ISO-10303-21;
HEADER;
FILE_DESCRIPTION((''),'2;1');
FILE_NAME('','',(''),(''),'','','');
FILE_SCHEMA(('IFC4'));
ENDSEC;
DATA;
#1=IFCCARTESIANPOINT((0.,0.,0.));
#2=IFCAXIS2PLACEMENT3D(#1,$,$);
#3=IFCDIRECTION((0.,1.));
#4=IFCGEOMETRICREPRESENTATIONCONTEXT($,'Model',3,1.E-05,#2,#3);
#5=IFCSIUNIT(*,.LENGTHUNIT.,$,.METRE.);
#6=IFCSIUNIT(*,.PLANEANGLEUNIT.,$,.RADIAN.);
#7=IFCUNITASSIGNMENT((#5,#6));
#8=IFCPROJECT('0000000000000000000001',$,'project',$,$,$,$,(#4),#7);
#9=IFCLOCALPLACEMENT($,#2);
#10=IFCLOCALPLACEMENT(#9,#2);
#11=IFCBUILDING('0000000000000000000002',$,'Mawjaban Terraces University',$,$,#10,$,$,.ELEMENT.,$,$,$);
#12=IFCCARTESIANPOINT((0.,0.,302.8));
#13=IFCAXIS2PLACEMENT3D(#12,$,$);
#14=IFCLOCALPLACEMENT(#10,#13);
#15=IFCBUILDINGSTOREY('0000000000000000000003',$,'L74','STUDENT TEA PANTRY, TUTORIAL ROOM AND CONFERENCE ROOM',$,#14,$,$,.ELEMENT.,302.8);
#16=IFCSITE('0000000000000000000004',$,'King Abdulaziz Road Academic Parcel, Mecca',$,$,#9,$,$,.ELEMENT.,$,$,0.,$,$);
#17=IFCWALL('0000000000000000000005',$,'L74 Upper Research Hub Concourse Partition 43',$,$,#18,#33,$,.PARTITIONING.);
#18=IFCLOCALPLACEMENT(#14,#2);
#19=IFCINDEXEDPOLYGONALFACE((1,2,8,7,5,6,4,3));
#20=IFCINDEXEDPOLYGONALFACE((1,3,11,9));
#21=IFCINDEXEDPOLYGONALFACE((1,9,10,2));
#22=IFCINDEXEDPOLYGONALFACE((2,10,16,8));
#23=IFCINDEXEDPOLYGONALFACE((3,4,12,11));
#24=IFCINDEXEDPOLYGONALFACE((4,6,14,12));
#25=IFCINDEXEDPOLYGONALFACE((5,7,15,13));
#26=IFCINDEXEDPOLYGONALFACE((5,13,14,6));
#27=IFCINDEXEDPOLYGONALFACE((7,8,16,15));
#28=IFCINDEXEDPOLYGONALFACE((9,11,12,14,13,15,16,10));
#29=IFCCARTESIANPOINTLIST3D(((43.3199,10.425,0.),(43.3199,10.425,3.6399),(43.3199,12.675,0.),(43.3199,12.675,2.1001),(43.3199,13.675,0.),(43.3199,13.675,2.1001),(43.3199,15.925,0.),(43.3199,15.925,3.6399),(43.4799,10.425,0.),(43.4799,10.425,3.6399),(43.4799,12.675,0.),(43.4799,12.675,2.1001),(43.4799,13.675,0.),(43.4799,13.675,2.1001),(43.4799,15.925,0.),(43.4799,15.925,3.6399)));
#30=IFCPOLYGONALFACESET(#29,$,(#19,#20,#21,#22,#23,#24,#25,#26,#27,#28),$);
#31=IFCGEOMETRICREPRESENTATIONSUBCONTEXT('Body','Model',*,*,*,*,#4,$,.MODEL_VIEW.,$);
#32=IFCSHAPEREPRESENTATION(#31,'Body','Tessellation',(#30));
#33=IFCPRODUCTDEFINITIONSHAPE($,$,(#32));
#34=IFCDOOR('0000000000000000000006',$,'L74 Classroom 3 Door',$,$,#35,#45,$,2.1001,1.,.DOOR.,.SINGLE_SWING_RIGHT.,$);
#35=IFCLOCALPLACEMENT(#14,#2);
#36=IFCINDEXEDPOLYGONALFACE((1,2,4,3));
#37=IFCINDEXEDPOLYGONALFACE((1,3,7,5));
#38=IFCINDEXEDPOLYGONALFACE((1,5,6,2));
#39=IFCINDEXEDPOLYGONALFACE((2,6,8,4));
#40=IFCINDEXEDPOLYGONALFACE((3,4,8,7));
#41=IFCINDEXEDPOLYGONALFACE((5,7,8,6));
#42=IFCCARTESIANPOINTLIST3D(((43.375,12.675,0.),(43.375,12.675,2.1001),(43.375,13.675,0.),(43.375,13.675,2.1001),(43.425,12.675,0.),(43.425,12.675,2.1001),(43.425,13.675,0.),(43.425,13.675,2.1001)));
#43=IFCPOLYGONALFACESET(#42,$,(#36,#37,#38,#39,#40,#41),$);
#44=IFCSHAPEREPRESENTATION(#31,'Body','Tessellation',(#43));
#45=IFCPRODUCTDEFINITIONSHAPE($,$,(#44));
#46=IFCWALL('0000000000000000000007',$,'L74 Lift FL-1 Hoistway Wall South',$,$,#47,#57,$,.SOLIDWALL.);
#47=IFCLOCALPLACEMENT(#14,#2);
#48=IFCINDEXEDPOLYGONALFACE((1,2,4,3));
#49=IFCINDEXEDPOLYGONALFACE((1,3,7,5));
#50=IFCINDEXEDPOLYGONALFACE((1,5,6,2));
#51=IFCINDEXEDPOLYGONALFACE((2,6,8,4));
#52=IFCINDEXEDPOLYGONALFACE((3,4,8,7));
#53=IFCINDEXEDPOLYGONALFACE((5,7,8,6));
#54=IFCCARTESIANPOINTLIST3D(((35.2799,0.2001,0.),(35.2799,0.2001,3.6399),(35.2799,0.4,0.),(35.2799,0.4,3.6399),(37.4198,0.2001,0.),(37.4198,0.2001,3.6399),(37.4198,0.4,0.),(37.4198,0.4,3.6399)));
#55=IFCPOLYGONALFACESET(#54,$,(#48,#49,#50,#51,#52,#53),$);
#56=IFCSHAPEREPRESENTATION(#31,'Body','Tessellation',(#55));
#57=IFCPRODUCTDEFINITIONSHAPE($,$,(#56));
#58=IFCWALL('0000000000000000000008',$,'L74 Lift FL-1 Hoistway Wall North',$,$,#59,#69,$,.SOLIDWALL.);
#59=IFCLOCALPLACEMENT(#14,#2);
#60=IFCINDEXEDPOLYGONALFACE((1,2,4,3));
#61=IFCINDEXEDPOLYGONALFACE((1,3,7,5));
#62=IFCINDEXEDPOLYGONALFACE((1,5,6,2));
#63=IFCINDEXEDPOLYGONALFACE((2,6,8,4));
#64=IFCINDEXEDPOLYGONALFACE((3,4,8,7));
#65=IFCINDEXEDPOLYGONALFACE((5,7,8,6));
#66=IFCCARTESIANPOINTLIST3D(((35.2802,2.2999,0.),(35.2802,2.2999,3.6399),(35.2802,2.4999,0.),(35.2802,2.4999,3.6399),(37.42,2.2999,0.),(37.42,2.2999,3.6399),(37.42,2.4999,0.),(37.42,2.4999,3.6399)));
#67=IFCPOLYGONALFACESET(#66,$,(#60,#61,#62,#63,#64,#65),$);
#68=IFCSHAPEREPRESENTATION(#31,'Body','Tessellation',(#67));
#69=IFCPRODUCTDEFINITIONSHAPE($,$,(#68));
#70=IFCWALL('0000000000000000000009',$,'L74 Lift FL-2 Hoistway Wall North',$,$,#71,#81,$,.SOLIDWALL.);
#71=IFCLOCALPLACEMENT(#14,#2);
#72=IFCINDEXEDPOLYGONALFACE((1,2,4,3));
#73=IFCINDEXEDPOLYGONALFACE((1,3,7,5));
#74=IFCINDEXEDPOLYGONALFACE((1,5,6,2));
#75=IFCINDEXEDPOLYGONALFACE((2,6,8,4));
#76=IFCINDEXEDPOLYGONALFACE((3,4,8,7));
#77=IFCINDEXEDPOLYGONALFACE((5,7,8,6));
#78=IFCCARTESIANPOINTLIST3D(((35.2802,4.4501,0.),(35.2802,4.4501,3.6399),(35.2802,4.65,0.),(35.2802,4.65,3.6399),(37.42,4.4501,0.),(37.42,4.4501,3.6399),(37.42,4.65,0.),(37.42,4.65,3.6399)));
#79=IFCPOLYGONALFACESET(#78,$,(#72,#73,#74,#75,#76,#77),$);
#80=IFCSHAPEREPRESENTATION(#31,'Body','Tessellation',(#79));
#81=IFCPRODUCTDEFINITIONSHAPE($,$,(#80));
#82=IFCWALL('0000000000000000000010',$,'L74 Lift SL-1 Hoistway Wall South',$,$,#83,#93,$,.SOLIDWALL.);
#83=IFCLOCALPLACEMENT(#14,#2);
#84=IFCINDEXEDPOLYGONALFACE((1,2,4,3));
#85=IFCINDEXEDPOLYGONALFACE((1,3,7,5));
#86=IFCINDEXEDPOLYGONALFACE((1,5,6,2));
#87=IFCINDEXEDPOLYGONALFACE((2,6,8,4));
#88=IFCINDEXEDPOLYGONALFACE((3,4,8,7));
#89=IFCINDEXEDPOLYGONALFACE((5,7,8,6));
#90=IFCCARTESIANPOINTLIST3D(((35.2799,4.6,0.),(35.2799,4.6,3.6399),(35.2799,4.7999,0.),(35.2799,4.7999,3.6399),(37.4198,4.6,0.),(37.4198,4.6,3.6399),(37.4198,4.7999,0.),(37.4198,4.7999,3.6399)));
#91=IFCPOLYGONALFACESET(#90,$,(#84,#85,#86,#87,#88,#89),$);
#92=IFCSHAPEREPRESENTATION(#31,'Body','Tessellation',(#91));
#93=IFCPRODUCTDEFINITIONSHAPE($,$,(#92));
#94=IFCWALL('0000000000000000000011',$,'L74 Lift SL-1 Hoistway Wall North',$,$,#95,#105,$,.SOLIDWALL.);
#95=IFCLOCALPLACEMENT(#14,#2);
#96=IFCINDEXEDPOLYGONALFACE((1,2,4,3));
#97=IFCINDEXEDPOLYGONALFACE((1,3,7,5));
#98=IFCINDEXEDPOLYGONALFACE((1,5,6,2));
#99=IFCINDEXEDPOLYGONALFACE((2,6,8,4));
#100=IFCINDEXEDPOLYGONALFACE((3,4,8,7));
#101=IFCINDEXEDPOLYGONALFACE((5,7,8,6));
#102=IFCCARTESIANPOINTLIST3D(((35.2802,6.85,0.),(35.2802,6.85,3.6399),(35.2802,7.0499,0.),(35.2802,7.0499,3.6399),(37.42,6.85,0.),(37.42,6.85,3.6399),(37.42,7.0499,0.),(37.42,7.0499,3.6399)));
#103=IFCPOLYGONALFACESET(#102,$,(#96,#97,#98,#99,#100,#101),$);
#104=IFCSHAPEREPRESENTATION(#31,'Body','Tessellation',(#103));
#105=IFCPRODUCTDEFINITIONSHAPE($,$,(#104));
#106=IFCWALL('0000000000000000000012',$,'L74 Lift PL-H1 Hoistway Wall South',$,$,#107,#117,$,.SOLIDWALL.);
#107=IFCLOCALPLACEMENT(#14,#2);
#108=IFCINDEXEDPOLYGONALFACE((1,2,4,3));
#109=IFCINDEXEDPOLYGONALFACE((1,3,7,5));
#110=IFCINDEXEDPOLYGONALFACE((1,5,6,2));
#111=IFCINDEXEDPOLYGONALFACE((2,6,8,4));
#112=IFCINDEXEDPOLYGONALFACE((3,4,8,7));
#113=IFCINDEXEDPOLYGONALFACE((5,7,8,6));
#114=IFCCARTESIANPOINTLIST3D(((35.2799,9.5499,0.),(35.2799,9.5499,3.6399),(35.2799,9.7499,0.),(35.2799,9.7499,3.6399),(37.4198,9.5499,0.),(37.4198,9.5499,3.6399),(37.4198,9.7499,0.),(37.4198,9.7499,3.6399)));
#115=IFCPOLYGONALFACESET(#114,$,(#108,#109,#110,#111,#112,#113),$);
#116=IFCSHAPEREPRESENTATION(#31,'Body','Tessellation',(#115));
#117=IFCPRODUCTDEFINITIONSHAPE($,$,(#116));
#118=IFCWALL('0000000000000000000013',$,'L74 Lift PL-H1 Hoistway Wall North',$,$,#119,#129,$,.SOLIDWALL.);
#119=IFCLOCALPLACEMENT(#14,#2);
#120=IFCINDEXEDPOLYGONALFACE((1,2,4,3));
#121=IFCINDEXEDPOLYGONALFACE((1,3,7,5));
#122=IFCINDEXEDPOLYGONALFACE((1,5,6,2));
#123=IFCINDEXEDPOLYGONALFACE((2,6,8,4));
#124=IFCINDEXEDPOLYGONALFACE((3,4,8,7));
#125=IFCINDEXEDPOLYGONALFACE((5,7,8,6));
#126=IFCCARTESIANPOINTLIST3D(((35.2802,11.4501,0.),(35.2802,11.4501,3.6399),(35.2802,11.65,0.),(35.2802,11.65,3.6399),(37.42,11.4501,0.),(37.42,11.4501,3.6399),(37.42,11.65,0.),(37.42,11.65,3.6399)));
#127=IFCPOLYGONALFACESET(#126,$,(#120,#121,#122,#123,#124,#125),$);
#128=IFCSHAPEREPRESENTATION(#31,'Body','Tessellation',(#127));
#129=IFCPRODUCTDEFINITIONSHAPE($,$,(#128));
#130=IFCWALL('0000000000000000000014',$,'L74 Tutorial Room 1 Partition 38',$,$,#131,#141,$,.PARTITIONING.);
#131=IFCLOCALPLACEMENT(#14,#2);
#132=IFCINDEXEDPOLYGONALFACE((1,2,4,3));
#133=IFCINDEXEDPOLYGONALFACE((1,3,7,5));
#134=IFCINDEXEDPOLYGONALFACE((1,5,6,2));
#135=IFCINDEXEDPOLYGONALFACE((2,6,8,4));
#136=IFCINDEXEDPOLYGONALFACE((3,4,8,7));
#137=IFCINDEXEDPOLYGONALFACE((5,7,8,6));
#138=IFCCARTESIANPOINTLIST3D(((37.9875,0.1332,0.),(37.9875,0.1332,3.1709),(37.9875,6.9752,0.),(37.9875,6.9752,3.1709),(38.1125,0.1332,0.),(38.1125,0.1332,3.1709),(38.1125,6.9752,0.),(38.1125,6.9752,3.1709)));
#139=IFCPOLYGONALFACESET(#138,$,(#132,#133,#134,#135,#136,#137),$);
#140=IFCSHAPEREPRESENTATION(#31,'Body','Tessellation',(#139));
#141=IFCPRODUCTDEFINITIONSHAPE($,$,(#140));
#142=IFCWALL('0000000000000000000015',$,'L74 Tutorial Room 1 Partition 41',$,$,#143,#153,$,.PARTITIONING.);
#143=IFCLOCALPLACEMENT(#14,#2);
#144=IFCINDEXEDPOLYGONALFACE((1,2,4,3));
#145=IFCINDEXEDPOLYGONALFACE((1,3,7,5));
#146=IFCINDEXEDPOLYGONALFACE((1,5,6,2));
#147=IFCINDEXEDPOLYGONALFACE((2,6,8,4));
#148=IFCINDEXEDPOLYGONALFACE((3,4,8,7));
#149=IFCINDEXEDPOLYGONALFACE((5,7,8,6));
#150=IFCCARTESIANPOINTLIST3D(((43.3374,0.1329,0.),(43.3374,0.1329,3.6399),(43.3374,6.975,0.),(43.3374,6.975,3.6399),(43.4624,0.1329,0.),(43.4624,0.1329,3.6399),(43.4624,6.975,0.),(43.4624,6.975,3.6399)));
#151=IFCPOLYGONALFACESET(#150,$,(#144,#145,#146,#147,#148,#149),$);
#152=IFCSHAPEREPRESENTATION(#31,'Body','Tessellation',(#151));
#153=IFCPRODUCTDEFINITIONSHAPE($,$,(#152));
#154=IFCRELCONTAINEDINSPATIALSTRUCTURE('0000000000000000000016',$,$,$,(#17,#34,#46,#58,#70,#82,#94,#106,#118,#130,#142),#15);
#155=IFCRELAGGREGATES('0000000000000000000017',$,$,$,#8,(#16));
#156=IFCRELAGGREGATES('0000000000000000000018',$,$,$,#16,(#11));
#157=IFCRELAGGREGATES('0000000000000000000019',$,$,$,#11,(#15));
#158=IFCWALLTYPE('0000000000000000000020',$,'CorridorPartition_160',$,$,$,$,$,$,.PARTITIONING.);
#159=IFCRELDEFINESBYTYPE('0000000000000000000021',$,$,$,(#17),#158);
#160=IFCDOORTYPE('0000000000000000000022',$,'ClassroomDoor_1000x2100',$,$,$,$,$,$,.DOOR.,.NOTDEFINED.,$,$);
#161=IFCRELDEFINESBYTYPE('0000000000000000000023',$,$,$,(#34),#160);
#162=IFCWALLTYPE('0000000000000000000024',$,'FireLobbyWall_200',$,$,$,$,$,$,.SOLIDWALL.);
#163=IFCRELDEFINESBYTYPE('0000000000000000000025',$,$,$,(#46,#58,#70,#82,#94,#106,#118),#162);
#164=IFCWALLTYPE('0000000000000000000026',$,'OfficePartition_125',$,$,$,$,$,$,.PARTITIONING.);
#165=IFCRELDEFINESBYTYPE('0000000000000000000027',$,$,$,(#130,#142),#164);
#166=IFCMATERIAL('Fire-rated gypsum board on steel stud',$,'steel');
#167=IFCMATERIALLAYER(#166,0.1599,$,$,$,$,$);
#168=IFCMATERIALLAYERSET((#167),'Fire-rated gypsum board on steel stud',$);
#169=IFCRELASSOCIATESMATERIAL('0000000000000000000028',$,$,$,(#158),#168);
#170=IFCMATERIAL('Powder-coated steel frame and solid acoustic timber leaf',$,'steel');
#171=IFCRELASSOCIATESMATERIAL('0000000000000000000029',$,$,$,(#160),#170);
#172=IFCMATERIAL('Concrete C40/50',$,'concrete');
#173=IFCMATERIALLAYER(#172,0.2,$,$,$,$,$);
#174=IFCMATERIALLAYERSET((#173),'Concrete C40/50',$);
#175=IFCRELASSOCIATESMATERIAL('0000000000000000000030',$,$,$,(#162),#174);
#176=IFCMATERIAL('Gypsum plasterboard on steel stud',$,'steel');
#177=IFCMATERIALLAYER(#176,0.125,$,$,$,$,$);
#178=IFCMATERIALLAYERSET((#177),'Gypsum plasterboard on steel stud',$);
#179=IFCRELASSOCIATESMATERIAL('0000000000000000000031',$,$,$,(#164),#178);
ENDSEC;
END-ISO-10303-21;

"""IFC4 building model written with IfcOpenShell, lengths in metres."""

from ifc_helpers import new_model, si_unit, direction, frame, frame_2d, origin, place, context, subcontext, project, spatial, rectangle, extrude, material, layer, layer_set, type_object, element, fill, save


model = new_model("IFC4")

# Units and contexts
model_context = context("Model", 3, precision=1e-05, world=origin(), true_north=direction((0.0, 1.0)))
body_context = subcontext(model_context, "Body", "Model", "MODEL_VIEW")
ifc_project = project(units=[si_unit("LENGTHUNIT", "METRE"), si_unit("PLANEANGLEUNIT", "RADIAN")], contexts=[model_context])

# Site, building, storey
site_placement = place(None, origin())
site = spatial("IfcSite", under=ifc_project, at=site_placement, Name="King Abdulaziz Road Academic Parcel, Mecca", CompositionType="ELEMENT", RefElevation=0.0)
building_placement = place(site_placement, origin())
building = spatial("IfcBuilding", under=site, at=building_placement, Name="Mawjaban Terraces University", CompositionType="ELEMENT")
storey_placement = place(building_placement, frame((0.0, 0.0, 302.8)))
storey = spatial("IfcBuildingStorey", under=building, at=storey_placement, Name="L74", Description="STUDENT TEA PANTRY, TUTORIAL ROOM AND CONFERENCE ROOM", CompositionType="ELEMENT", Elevation=302.8)

# Shared definitions
ifc_material_1 = material(Name="Fire-rated gypsum board on steel stud", Category="steel")
ifc_layer_1 = layer(ifc_material_1, 0.1599)
ifc_layer_set_1 = layer_set([ifc_layer_1], Name="Fire-rated gypsum board on steel stud")
wall_type_1 = type_object("IfcWallType", Name="CorridorPartition_160", PredefinedType="PARTITIONING", material=ifc_layer_set_1)
ifc_material_2 = material(Name="Powder-coated steel frame and solid acoustic timber leaf", Category="steel")
door_type_1 = type_object("IfcDoorType", Name="ClassroomDoor_1000x2100", OperationType="NOTDEFINED", PredefinedType="DOOR", material=ifc_material_2)

# Wall, opening, door
wall_1_placement = place(storey_placement, frame((43.3999, 10.425, 0.0), z_axis=(0.0, 0.0, 1.0), x_axis=(0.0, 1.0, 0.0)))
wall_1 = element("IfcWall", 1, at=wall_1_placement, inside=storey, type_object=wall_type_1, Name="L74 Upper Research Hub Concourse Partition 43", PredefinedType="PARTITIONING", context=body_context, shape_type="SweptSolid", body=[
    extrude(rectangle(XDim=5.5, YDim=0.1599, at=frame_2d((2.75, 0.0))), origin(), (0.0, 0.0, 1.0), 3.6399),
])
opening_1_placement = place(wall_1_placement, frame((2.25, 0.0, 0.0)))
opening_1 = element("IfcOpeningElement", 2, at=opening_1_placement, cuts=wall_1, PredefinedType="OPENING", context=body_context, shape_type="SweptSolid", body=[
    extrude(rectangle(XDim=1.0, YDim=2.1001, at=frame_2d((0.5, 1.05))), frame((0.0, 0.0898, 0.0), z_axis=(0.0, -1.0, 0.0), x_axis=(1.0, 0.0, 0.0)), (0.0, 0.0, 1.0), 0.1799),
])
door_1_placement = place(opening_1_placement, origin())
door_1 = element("IfcDoor", 3, at=door_1_placement, inside=storey, type_object=door_type_1, Name="L74 Classroom 3 Door", OperationType="SINGLE_SWING_RIGHT", OverallHeight=2.1001, OverallWidth=1.0, PredefinedType="DOOR", context=body_context, shape_type="SweptSolid", body=[
    extrude(rectangle(XDim=1.0, YDim=2.1001, at=frame_2d((0.5, 1.05))), frame((0.0, 0.0249, 0.0), z_axis=(0.0, -1.0, 0.0), x_axis=(1.0, 0.0, 0.0)), (0.0, 0.0, 1.0), 0.05),
])
fill(opening_1, door_1)

# Walls
ifc_material_3 = material(Name="Concrete C40/50", Category="concrete")
ifc_layer_2 = layer(ifc_material_3, 0.2)
ifc_layer_set_2 = layer_set([ifc_layer_2], Name="Concrete C40/50")
wall_type_2 = type_object("IfcWallType", Name="FireLobbyWall_200", PredefinedType="SOLIDWALL", material=ifc_layer_set_2)
for number, where, z_axis, x_axis, name in (
    (4, (35.28, 0.3, 0.0), (0.0, 0.0, 1.0), (1.0, 0.0, 0.0), "L74 Lift FL-1 Hoistway Wall South"),
    (5, (37.4199, 2.3999, 0.0), (0.0, 0.0, 1.0), (-1.0, 0.0, 0.0), "L74 Lift FL-1 Hoistway Wall North"),
    (6, (37.4199, 4.55, 0.0), (0.0, 0.0, 1.0), (-1.0, 0.0, 0.0), "L74 Lift FL-2 Hoistway Wall North"),
    (7, (35.28, 4.7, 0.0), (0.0, 0.0, 1.0), (1.0, 0.0, 0.0), "L74 Lift SL-1 Hoistway Wall South"),
    (8, (37.4199, 6.95, 0.0), (0.0, 0.0, 1.0), (-1.0, 0.0, 0.0), "L74 Lift SL-1 Hoistway Wall North"),
    (9, (35.28, 9.6499, 0.0), (0.0, 0.0, 1.0), (1.0, 0.0, 0.0), "L74 Lift PL-H1 Hoistway Wall South"),
    (10, (37.4199, 11.55, 0.0), (0.0, 0.0, 1.0), (-1.0, 0.0, 0.0), "L74 Lift PL-H1 Hoistway Wall North"),
):
    element("IfcWall", number, at=place(storey_placement, frame(where, z_axis=z_axis, x_axis=x_axis)), inside=storey, type_object=wall_type_2, Name=name, PredefinedType="SOLIDWALL", context=body_context, shape_type="SweptSolid", body=[
        extrude(rectangle(XDim=2.1399, YDim=0.2, at=frame_2d((1.0698, 0.0))), origin(), (0.0, 0.0, 1.0), 3.6399),
    ])
ifc_material_4 = material(Name="Gypsum plasterboard on steel stud", Category="steel")
ifc_layer_3 = layer(ifc_material_4, 0.125)
ifc_layer_set_3 = layer_set([ifc_layer_3], Name="Gypsum plasterboard on steel stud")
wall_type_3 = type_object("IfcWallType", Name="OfficePartition_125", PredefinedType="PARTITIONING", material=ifc_layer_set_3)
wall_2_placement = place(storey_placement, frame((38.05, 6.9751, 0.0), z_axis=(0.0, 0.0, 1.0), x_axis=(0.0, -1.0, 0.0)))
element("IfcWall", 11, at=wall_2_placement, inside=storey, type_object=wall_type_3, Name="L74 Tutorial Room 1 Partition 38", PredefinedType="PARTITIONING", context=body_context, shape_type="SweptSolid", body=[
    extrude(rectangle(XDim=6.842, YDim=0.125, at=frame_2d((3.4209, 0.0))), origin(), (0.0, 0.0, 1.0), 3.1709),
])
wall_3_placement = place(storey_placement, frame((43.3999, 0.1331, 0.0), z_axis=(0.0, 0.0, 1.0), x_axis=(0.0, 1.0, 0.0)))
element("IfcWall", 12, at=wall_3_placement, inside=storey, type_object=wall_type_3, Name="L74 Tutorial Room 1 Partition 41", PredefinedType="PARTITIONING", context=body_context, shape_type="SweptSolid", body=[
    extrude(rectangle(XDim=6.842, YDim=0.125, at=frame_2d((3.4209, 0.0))), origin(), (0.0, 0.0, 1.0), 3.6399),
])

save(model, "model.ifc")
